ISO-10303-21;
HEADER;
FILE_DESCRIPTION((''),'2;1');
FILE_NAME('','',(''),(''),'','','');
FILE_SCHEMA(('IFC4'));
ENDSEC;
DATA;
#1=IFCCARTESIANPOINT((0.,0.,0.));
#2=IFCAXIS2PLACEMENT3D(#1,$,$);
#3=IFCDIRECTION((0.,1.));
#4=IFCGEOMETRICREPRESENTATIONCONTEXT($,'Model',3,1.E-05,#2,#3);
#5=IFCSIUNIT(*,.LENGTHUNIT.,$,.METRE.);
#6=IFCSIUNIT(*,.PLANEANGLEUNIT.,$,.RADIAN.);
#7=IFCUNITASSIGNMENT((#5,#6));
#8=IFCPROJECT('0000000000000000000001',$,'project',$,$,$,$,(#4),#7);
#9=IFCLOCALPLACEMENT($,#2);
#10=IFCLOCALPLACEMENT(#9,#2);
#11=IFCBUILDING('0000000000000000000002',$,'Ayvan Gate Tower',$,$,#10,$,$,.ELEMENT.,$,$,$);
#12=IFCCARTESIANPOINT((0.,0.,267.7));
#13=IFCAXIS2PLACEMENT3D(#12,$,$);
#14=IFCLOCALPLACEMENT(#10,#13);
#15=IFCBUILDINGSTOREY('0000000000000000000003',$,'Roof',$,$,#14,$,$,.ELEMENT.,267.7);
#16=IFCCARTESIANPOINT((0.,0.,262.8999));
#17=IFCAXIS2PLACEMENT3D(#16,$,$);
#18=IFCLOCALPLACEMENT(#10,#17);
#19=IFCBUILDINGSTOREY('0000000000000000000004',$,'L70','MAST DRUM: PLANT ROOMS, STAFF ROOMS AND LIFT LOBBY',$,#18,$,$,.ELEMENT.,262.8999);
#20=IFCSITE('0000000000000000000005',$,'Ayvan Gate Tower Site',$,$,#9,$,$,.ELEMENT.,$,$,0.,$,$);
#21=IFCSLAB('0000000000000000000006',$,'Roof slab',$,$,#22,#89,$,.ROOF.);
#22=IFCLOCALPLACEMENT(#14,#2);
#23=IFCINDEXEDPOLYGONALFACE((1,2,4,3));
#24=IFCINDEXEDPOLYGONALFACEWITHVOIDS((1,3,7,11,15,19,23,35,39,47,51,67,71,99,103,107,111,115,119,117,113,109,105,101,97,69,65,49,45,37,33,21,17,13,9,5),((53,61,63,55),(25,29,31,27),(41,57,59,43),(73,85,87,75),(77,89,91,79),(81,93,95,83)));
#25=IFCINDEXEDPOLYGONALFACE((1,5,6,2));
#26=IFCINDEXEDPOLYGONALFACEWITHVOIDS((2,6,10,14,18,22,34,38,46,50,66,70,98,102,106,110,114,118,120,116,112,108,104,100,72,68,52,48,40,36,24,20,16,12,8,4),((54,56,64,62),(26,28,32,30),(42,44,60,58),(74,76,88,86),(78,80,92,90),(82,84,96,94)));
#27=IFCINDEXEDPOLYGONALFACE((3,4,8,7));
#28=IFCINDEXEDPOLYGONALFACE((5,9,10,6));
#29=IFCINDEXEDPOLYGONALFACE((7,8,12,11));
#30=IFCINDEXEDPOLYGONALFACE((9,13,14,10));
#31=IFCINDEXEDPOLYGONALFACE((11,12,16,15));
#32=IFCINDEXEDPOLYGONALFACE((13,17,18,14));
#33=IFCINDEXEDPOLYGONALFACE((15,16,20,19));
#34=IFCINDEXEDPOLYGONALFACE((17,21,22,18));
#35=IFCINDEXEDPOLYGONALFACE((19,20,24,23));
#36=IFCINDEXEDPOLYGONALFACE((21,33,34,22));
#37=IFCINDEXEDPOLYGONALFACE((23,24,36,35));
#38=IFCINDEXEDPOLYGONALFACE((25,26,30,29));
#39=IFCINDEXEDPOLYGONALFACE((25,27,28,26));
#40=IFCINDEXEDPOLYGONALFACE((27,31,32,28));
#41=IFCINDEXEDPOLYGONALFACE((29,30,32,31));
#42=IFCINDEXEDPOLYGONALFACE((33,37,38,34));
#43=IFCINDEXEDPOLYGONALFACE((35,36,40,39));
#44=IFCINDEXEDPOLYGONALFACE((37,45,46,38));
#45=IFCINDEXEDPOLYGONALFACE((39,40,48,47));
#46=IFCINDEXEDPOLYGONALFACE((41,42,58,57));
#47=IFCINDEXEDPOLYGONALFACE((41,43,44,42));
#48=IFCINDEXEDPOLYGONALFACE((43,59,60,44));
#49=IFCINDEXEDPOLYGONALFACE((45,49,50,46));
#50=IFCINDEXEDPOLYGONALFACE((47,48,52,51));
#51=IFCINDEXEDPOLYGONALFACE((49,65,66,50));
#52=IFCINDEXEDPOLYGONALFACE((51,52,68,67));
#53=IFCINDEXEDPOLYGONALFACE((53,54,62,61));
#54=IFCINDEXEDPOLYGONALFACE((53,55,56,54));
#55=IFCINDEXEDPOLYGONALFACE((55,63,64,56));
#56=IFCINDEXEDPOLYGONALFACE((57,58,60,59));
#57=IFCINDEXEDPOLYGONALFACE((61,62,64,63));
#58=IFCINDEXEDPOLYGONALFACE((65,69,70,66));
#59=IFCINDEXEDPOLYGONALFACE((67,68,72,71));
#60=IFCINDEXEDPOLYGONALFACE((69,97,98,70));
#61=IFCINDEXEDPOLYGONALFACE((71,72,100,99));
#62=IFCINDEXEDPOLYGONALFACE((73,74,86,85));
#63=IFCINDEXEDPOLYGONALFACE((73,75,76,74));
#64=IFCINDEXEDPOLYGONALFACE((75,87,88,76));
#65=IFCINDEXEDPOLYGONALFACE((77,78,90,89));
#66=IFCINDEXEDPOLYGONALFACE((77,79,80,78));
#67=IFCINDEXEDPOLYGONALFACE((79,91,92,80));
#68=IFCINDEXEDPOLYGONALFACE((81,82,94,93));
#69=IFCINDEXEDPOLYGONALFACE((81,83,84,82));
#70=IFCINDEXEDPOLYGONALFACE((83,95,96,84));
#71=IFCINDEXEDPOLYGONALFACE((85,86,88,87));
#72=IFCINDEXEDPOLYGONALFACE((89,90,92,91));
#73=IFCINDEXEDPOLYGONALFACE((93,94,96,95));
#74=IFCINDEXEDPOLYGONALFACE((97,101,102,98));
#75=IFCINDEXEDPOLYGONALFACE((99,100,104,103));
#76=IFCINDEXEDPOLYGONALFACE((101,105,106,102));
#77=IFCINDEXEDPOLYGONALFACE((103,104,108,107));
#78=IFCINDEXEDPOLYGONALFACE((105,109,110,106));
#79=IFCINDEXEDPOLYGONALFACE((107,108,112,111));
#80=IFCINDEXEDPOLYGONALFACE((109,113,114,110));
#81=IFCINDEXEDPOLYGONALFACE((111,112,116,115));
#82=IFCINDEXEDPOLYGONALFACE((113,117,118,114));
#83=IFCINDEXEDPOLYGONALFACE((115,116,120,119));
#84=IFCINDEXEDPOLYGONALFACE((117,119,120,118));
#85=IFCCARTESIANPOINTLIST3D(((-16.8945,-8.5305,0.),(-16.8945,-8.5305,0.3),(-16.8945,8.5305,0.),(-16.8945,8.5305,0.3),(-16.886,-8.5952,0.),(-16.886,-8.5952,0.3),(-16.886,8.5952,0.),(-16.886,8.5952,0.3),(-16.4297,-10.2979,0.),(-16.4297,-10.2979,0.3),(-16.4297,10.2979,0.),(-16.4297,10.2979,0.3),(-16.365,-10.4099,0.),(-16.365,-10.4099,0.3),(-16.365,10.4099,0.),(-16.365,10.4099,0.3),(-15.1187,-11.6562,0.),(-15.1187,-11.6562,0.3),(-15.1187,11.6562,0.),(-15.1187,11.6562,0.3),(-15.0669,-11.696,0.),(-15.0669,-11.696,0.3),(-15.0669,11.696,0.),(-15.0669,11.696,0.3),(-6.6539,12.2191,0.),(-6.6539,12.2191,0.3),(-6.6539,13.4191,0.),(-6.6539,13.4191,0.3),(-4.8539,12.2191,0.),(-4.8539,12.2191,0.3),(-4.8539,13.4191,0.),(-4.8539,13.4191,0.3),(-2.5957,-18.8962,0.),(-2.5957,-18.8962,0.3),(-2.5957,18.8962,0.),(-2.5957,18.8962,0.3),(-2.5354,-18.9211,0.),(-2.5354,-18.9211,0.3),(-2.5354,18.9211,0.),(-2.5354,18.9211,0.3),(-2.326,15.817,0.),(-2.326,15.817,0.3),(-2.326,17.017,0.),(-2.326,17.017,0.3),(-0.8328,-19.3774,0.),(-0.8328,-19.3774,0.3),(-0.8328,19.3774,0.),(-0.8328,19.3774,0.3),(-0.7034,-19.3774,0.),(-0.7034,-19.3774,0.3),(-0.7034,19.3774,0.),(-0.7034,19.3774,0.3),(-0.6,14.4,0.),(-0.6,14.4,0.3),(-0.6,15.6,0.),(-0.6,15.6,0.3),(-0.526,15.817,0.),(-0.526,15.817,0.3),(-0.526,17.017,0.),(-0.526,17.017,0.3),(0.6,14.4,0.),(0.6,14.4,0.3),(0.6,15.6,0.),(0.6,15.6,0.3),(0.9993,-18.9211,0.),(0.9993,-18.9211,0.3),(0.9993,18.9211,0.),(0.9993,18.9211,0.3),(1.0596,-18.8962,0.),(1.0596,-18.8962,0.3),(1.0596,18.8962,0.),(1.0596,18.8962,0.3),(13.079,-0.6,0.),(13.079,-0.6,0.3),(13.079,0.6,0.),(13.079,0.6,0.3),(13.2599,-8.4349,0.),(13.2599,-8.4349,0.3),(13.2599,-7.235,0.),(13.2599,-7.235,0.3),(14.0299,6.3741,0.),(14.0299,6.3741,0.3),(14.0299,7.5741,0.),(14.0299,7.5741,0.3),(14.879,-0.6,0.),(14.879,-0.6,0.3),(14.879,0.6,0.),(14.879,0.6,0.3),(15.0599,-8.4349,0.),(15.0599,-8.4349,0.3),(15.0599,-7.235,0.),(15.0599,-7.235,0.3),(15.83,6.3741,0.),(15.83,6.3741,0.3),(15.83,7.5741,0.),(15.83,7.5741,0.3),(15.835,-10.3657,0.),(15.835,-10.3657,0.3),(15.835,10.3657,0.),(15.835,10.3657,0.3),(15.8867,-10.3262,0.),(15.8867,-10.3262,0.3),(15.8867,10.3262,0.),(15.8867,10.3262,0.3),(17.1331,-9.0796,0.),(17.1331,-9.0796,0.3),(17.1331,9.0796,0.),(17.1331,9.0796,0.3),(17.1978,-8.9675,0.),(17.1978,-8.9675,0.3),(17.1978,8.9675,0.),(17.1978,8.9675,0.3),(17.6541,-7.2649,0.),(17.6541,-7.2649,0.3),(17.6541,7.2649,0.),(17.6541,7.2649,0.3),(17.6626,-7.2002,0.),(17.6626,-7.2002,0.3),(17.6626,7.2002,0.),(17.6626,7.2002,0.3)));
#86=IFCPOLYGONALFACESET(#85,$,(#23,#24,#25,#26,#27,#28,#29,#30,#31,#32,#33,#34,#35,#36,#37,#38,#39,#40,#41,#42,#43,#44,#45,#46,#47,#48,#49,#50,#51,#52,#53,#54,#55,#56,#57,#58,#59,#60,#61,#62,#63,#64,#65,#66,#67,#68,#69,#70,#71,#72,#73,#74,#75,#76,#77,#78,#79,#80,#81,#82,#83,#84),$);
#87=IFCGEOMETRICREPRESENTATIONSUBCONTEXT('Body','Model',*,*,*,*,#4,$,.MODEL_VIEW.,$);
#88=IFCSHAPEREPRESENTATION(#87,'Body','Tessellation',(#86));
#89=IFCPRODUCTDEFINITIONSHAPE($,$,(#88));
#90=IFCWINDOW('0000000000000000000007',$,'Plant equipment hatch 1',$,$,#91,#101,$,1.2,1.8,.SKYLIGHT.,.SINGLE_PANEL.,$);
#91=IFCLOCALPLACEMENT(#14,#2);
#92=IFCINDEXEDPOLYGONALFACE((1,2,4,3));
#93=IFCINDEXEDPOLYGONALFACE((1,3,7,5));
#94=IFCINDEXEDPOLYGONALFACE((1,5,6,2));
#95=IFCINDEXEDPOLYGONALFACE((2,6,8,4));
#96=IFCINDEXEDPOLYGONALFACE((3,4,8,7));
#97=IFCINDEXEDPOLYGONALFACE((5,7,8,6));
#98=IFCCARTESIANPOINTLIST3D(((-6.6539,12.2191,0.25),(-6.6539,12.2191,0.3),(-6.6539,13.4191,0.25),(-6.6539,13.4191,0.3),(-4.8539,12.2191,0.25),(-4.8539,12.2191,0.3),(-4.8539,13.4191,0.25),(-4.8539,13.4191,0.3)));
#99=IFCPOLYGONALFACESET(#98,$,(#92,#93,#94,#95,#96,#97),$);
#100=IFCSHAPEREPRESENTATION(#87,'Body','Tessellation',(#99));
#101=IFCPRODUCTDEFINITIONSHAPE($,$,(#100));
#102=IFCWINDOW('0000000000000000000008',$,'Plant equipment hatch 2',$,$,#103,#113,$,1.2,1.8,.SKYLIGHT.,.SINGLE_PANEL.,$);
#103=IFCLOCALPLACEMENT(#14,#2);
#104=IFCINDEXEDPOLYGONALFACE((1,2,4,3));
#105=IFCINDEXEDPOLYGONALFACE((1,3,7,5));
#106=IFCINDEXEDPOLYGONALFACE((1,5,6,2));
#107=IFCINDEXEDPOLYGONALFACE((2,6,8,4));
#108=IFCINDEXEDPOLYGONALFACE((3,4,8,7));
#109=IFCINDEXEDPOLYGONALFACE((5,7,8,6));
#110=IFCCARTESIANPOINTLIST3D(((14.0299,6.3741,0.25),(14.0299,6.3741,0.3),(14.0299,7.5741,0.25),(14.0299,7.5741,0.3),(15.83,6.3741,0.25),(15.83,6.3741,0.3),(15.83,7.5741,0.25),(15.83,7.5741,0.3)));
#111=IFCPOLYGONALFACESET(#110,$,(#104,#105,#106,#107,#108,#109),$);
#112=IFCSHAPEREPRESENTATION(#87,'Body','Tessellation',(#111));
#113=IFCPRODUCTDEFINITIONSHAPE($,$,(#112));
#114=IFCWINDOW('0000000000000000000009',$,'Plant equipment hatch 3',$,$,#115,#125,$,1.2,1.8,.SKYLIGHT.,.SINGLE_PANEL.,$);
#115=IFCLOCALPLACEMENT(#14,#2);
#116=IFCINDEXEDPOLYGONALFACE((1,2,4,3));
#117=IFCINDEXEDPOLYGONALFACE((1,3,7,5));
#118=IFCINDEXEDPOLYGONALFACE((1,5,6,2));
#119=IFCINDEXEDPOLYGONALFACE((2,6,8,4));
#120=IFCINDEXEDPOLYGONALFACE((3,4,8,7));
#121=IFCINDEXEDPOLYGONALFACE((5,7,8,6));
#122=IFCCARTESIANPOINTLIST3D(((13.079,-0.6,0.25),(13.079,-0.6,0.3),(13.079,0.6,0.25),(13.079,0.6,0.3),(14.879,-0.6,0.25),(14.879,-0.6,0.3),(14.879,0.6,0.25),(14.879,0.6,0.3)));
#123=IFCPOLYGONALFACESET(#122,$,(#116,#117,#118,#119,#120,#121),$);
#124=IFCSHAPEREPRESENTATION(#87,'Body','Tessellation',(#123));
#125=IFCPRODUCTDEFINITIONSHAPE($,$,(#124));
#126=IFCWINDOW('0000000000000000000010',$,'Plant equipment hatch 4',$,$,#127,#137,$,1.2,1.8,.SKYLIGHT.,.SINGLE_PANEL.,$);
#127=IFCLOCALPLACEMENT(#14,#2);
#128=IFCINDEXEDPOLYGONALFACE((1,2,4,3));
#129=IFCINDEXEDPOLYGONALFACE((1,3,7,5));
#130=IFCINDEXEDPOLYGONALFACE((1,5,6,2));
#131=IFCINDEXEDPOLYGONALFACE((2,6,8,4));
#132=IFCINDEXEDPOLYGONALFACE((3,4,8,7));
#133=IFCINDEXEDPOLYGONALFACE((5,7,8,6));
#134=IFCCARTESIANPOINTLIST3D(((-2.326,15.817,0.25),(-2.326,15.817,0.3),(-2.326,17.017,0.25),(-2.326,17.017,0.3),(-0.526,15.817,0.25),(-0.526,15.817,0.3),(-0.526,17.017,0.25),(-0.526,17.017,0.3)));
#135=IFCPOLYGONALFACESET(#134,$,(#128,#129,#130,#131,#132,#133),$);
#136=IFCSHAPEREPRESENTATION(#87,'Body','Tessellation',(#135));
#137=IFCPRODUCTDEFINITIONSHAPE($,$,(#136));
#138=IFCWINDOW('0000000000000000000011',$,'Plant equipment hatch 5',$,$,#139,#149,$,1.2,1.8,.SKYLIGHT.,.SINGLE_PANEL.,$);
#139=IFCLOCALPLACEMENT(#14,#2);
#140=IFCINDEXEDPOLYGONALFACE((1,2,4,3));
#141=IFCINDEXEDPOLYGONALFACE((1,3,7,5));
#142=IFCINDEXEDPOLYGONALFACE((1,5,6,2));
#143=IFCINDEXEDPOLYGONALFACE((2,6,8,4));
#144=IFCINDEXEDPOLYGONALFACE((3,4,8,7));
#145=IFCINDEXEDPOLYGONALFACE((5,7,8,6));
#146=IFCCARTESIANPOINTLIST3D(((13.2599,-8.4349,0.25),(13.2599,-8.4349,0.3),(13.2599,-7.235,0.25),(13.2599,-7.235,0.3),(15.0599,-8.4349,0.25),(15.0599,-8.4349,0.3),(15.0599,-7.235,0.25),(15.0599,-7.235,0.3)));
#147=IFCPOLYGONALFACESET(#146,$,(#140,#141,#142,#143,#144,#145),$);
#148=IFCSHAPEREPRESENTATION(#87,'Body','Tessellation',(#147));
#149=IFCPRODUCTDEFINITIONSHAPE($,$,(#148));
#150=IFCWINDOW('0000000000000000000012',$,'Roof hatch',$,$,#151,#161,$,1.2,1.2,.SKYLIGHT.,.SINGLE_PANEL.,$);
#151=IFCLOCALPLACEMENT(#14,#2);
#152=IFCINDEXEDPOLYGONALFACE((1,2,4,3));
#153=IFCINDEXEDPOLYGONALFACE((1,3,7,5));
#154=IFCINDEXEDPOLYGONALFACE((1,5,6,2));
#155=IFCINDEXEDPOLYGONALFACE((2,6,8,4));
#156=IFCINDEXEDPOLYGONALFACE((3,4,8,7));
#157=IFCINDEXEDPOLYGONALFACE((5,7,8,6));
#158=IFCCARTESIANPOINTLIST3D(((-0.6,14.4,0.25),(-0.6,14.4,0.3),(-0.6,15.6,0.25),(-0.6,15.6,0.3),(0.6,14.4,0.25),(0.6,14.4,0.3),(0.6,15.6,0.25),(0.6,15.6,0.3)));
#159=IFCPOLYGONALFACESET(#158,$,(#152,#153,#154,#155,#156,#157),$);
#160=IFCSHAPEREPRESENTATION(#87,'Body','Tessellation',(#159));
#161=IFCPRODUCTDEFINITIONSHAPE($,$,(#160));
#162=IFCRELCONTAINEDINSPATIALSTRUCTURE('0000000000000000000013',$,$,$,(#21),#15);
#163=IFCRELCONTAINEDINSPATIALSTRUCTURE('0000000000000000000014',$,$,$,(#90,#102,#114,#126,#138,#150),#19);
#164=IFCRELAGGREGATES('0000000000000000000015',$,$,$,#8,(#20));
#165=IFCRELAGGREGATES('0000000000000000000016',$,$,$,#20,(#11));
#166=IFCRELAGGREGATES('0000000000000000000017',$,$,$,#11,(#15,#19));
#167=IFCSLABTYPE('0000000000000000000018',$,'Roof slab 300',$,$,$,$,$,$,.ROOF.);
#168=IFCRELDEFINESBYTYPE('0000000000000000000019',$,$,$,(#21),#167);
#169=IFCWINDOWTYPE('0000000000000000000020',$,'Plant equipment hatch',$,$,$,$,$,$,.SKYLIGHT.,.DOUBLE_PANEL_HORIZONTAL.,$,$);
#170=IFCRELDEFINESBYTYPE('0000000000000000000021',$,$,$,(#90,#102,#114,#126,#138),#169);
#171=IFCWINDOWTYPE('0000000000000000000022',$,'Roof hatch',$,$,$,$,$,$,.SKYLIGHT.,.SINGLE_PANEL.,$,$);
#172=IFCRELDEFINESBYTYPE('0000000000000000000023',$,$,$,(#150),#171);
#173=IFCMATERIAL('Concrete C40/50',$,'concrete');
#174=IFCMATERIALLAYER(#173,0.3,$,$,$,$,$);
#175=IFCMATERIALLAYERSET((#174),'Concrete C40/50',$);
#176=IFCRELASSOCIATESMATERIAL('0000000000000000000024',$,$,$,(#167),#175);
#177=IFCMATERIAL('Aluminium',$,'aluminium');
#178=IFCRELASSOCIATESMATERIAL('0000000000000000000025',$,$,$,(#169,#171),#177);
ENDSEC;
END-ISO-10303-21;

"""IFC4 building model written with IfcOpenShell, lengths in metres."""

from ifc_helpers import new_model, si_unit, direction, frame, origin, origin_2d, place, context, subcontext, project, spatial, polyline, rectangle, outline, extrude, material, layer, layer_set, type_object, element, fill, save


model = new_model("IFC4")

# Units and contexts
model_context = context("Model", 3, precision=1e-05, world=origin(), true_north=direction((0.0, 1.0)))
body_context = subcontext(model_context, "Body", "Model", "MODEL_VIEW")
ifc_project = project(units=[si_unit("LENGTHUNIT", "METRE"), si_unit("PLANEANGLEUNIT", "RADIAN")], contexts=[model_context])

# Site, building, storey
site_placement = place(None, origin())
site = spatial("IfcSite", under=ifc_project, at=site_placement, Name="Ayvan Gate Tower Site", CompositionType="ELEMENT", RefElevation=0.0)
building_placement = place(site_placement, origin())
building = spatial("IfcBuilding", under=site, at=building_placement, Name="Ayvan Gate Tower", CompositionType="ELEMENT")
storey_1_placement = place(building_placement, frame((0.0, 0.0, 267.7)))
storey_1 = spatial("IfcBuildingStorey", under=building, at=storey_1_placement, Name="Roof", CompositionType="ELEMENT", Elevation=267.7)

# Slab, openings
ifc_material_1 = material(Name="Concrete C40/50", Category="concrete")
ifc_layer_1 = layer(ifc_material_1, 0.3)
ifc_layer_set_1 = layer_set([ifc_layer_1], Name="Concrete C40/50")
slab_type = type_object("IfcSlabType", Name="Roof slab 300", PredefinedType="ROOF", material=ifc_layer_set_1)
slab_placement = place(storey_1_placement, origin())
slab = element("IfcSlab", 1, at=slab_placement, inside=storey_1, type_object=slab_type, Name="Roof slab", PredefinedType="ROOF", context=body_context, shape_type="SweptSolid", body=[
    extrude(outline(polyline([(1.0596, 18.8962), (0.9993, 18.9211), (-0.7034, 19.3774), (-0.8328, 19.3774), (-2.5354, 18.9211), (-2.5957, 18.8962), (-15.0669, 11.696), (-15.1187, 11.6562), (-16.365, 10.4099), (-16.4297, 10.2979), (-16.886, 8.5952), (-16.8945, 8.5305), (-16.8945, -8.5305), (-16.886, -8.5952), (-16.4297, -10.2979), (-16.365, -10.4099), (-15.1187, -11.6562), (-15.0669, -11.696), (-2.5957, -18.8962), (-2.5354, -18.9211), (-0.8328, -19.3774), (-0.7034, -19.3774), (0.9993, -18.9211), (1.0596, -18.8962), (15.835, -10.3657), (15.8867, -10.3262), (17.1331, -9.0796), (17.1978, -8.9675), (17.6541, -7.2649), (17.6626, -7.2002), (17.6626, 7.2002), (17.6541, 7.2649), (17.1978, 8.9675), (17.1331, 9.0796), (15.8867, 10.3262), (15.835, 10.3657), (1.0596, 18.8962)])), origin(), (0.0, 0.0, 1.0), 0.3),
])
opening_1_placement = place(slab_placement, frame((0.0, 15.0, -0.01)))
opening_1 = element("IfcOpeningElement", 2, at=opening_1_placement, cuts=slab, PredefinedType="OPENING", context=body_context, shape_type="SweptSolid", body=[
    extrude(rectangle(XDim=1.2, YDim=1.2, at=origin_2d()), origin(), (0.0, 0.0, 1.0), 0.3201),
])
opening_2_placement = place(slab_placement, frame((-5.7539, 12.8191, -0.01)))
opening_2 = element("IfcOpeningElement", 3, at=opening_2_placement, cuts=slab, PredefinedType="OPENING", context=body_context, shape_type="SweptSolid", body=[
    extrude(rectangle(XDim=1.8, YDim=1.2, at=origin_2d()), origin(), (0.0, 0.0, 1.0), 0.3201),
])
opening_3_placement = place(slab_placement, frame((14.9299, 6.9741, -0.01)))
opening_3 = element("IfcOpeningElement", 4, at=opening_3_placement, cuts=slab, PredefinedType="OPENING", context=body_context, shape_type="SweptSolid", body=[
    extrude(rectangle(XDim=1.8, YDim=1.2, at=origin_2d()), origin(), (0.0, 0.0, 1.0), 0.3201),
])
opening_4_placement = place(slab_placement, frame((13.979, 0.0, -0.01)))
opening_4 = element("IfcOpeningElement", 5, at=opening_4_placement, cuts=slab, PredefinedType="OPENING", context=body_context, shape_type="SweptSolid", body=[
    extrude(rectangle(XDim=1.8, YDim=1.2, at=origin_2d()), origin(), (0.0, 0.0, 1.0), 0.3201),
])
opening_5_placement = place(slab_placement, frame((-1.426, 16.417, -0.01)))
opening_5 = element("IfcOpeningElement", 6, at=opening_5_placement, cuts=slab, PredefinedType="OPENING", context=body_context, shape_type="SweptSolid", body=[
    extrude(rectangle(XDim=1.8, YDim=1.2, at=origin_2d()), origin(), (0.0, 0.0, 1.0), 0.3201),
])
opening_6_placement = place(slab_placement, frame((14.1599, -7.835, -0.01)))
opening_6 = element("IfcOpeningElement", 7, at=opening_6_placement, cuts=slab, PredefinedType="OPENING", context=body_context, shape_type="SweptSolid", body=[
    extrude(rectangle(XDim=1.8, YDim=1.2, at=origin_2d()), origin(), (0.0, 0.0, 1.0), 0.3201),
])

# Shared definitions
storey_2_placement = place(building_placement, frame((0.0, 0.0, 262.8999)))
storey_2 = spatial("IfcBuildingStorey", under=building, at=storey_2_placement, Name="L70", Description="MAST DRUM: PLANT ROOMS, STAFF ROOMS AND LIFT LOBBY", CompositionType="ELEMENT", Elevation=262.8999)

# Windows
ifc_material_2 = material(Name="Aluminium", Category="aluminium")
window_type_1 = type_object("IfcWindowType", Name="Plant equipment hatch", PartitioningType="DOUBLE_PANEL_HORIZONTAL", PredefinedType="SKYLIGHT", material=ifc_material_2)
window_1_placement = place(opening_2_placement, frame((0.0, 0.0, 0.26)))
window_1 = element("IfcWindow", 8, at=window_1_placement, inside=storey_2, type_object=window_type_1, Name="Plant equipment hatch 1", OverallHeight=1.2, OverallWidth=1.8, PartitioningType="SINGLE_PANEL", PredefinedType="SKYLIGHT", context=body_context, shape_type="SweptSolid", body=[
    extrude(rectangle(XDim=1.8, YDim=1.2, at=origin_2d()), origin(), (0.0, 0.0, 1.0), 0.05),
])
fill(opening_2, window_1)
window_2_placement = place(opening_3_placement, frame((0.0, 0.0, 0.26)))
window_2 = element("IfcWindow", 9, at=window_2_placement, inside=storey_2, type_object=window_type_1, Name="Plant equipment hatch 2", OverallHeight=1.2, OverallWidth=1.8, PartitioningType="SINGLE_PANEL", PredefinedType="SKYLIGHT", context=body_context, shape_type="SweptSolid", body=[
    extrude(rectangle(XDim=1.8, YDim=1.2, at=origin_2d()), origin(), (0.0, 0.0, 1.0), 0.05),
])
fill(opening_3, window_2)
window_3_placement = place(opening_4_placement, frame((0.0, 0.0, 0.26)))
window_3 = element("IfcWindow", 10, at=window_3_placement, inside=storey_2, type_object=window_type_1, Name="Plant equipment hatch 3", OverallHeight=1.2, OverallWidth=1.8, PartitioningType="SINGLE_PANEL", PredefinedType="SKYLIGHT", context=body_context, shape_type="SweptSolid", body=[
    extrude(rectangle(XDim=1.8, YDim=1.2, at=origin_2d()), origin(), (0.0, 0.0, 1.0), 0.05),
])
fill(opening_4, window_3)
window_4_placement = place(opening_5_placement, frame((0.0, 0.0, 0.26)))
window_4 = element("IfcWindow", 11, at=window_4_placement, inside=storey_2, type_object=window_type_1, Name="Plant equipment hatch 4", OverallHeight=1.2, OverallWidth=1.8, PartitioningType="SINGLE_PANEL", PredefinedType="SKYLIGHT", context=body_context, shape_type="SweptSolid", body=[
    extrude(rectangle(XDim=1.8, YDim=1.2, at=origin_2d()), origin(), (0.0, 0.0, 1.0), 0.05),
])
fill(opening_5, window_4)
window_5_placement = place(opening_6_placement, frame((0.0, 0.0, 0.26)))
window_5 = element("IfcWindow", 12, at=window_5_placement, inside=storey_2, type_object=window_type_1, Name="Plant equipment hatch 5", OverallHeight=1.2, OverallWidth=1.8, PartitioningType="SINGLE_PANEL", PredefinedType="SKYLIGHT", context=body_context, shape_type="SweptSolid", body=[
    extrude(rectangle(XDim=1.8, YDim=1.2, at=origin_2d()), origin(), (0.0, 0.0, 1.0), 0.05),
])
fill(opening_6, window_5)
window_type_2 = type_object("IfcWindowType", Name="Roof hatch", PartitioningType="SINGLE_PANEL", PredefinedType="SKYLIGHT", material=ifc_material_2)
window_6_placement = place(opening_1_placement, frame((0.0, 0.0, 0.26)))
window_6 = element("IfcWindow", 13, at=window_6_placement, inside=storey_2, type_object=window_type_2, Name="Roof hatch", OverallHeight=1.2, OverallWidth=1.2, PartitioningType="SINGLE_PANEL", PredefinedType="SKYLIGHT", context=body_context, shape_type="SweptSolid", body=[
    extrude(rectangle(XDim=1.2, YDim=1.2, at=origin_2d()), origin(), (0.0, 0.0, 1.0), 0.05),
])
fill(opening_1, window_6)

save(model, "model.ifc")
